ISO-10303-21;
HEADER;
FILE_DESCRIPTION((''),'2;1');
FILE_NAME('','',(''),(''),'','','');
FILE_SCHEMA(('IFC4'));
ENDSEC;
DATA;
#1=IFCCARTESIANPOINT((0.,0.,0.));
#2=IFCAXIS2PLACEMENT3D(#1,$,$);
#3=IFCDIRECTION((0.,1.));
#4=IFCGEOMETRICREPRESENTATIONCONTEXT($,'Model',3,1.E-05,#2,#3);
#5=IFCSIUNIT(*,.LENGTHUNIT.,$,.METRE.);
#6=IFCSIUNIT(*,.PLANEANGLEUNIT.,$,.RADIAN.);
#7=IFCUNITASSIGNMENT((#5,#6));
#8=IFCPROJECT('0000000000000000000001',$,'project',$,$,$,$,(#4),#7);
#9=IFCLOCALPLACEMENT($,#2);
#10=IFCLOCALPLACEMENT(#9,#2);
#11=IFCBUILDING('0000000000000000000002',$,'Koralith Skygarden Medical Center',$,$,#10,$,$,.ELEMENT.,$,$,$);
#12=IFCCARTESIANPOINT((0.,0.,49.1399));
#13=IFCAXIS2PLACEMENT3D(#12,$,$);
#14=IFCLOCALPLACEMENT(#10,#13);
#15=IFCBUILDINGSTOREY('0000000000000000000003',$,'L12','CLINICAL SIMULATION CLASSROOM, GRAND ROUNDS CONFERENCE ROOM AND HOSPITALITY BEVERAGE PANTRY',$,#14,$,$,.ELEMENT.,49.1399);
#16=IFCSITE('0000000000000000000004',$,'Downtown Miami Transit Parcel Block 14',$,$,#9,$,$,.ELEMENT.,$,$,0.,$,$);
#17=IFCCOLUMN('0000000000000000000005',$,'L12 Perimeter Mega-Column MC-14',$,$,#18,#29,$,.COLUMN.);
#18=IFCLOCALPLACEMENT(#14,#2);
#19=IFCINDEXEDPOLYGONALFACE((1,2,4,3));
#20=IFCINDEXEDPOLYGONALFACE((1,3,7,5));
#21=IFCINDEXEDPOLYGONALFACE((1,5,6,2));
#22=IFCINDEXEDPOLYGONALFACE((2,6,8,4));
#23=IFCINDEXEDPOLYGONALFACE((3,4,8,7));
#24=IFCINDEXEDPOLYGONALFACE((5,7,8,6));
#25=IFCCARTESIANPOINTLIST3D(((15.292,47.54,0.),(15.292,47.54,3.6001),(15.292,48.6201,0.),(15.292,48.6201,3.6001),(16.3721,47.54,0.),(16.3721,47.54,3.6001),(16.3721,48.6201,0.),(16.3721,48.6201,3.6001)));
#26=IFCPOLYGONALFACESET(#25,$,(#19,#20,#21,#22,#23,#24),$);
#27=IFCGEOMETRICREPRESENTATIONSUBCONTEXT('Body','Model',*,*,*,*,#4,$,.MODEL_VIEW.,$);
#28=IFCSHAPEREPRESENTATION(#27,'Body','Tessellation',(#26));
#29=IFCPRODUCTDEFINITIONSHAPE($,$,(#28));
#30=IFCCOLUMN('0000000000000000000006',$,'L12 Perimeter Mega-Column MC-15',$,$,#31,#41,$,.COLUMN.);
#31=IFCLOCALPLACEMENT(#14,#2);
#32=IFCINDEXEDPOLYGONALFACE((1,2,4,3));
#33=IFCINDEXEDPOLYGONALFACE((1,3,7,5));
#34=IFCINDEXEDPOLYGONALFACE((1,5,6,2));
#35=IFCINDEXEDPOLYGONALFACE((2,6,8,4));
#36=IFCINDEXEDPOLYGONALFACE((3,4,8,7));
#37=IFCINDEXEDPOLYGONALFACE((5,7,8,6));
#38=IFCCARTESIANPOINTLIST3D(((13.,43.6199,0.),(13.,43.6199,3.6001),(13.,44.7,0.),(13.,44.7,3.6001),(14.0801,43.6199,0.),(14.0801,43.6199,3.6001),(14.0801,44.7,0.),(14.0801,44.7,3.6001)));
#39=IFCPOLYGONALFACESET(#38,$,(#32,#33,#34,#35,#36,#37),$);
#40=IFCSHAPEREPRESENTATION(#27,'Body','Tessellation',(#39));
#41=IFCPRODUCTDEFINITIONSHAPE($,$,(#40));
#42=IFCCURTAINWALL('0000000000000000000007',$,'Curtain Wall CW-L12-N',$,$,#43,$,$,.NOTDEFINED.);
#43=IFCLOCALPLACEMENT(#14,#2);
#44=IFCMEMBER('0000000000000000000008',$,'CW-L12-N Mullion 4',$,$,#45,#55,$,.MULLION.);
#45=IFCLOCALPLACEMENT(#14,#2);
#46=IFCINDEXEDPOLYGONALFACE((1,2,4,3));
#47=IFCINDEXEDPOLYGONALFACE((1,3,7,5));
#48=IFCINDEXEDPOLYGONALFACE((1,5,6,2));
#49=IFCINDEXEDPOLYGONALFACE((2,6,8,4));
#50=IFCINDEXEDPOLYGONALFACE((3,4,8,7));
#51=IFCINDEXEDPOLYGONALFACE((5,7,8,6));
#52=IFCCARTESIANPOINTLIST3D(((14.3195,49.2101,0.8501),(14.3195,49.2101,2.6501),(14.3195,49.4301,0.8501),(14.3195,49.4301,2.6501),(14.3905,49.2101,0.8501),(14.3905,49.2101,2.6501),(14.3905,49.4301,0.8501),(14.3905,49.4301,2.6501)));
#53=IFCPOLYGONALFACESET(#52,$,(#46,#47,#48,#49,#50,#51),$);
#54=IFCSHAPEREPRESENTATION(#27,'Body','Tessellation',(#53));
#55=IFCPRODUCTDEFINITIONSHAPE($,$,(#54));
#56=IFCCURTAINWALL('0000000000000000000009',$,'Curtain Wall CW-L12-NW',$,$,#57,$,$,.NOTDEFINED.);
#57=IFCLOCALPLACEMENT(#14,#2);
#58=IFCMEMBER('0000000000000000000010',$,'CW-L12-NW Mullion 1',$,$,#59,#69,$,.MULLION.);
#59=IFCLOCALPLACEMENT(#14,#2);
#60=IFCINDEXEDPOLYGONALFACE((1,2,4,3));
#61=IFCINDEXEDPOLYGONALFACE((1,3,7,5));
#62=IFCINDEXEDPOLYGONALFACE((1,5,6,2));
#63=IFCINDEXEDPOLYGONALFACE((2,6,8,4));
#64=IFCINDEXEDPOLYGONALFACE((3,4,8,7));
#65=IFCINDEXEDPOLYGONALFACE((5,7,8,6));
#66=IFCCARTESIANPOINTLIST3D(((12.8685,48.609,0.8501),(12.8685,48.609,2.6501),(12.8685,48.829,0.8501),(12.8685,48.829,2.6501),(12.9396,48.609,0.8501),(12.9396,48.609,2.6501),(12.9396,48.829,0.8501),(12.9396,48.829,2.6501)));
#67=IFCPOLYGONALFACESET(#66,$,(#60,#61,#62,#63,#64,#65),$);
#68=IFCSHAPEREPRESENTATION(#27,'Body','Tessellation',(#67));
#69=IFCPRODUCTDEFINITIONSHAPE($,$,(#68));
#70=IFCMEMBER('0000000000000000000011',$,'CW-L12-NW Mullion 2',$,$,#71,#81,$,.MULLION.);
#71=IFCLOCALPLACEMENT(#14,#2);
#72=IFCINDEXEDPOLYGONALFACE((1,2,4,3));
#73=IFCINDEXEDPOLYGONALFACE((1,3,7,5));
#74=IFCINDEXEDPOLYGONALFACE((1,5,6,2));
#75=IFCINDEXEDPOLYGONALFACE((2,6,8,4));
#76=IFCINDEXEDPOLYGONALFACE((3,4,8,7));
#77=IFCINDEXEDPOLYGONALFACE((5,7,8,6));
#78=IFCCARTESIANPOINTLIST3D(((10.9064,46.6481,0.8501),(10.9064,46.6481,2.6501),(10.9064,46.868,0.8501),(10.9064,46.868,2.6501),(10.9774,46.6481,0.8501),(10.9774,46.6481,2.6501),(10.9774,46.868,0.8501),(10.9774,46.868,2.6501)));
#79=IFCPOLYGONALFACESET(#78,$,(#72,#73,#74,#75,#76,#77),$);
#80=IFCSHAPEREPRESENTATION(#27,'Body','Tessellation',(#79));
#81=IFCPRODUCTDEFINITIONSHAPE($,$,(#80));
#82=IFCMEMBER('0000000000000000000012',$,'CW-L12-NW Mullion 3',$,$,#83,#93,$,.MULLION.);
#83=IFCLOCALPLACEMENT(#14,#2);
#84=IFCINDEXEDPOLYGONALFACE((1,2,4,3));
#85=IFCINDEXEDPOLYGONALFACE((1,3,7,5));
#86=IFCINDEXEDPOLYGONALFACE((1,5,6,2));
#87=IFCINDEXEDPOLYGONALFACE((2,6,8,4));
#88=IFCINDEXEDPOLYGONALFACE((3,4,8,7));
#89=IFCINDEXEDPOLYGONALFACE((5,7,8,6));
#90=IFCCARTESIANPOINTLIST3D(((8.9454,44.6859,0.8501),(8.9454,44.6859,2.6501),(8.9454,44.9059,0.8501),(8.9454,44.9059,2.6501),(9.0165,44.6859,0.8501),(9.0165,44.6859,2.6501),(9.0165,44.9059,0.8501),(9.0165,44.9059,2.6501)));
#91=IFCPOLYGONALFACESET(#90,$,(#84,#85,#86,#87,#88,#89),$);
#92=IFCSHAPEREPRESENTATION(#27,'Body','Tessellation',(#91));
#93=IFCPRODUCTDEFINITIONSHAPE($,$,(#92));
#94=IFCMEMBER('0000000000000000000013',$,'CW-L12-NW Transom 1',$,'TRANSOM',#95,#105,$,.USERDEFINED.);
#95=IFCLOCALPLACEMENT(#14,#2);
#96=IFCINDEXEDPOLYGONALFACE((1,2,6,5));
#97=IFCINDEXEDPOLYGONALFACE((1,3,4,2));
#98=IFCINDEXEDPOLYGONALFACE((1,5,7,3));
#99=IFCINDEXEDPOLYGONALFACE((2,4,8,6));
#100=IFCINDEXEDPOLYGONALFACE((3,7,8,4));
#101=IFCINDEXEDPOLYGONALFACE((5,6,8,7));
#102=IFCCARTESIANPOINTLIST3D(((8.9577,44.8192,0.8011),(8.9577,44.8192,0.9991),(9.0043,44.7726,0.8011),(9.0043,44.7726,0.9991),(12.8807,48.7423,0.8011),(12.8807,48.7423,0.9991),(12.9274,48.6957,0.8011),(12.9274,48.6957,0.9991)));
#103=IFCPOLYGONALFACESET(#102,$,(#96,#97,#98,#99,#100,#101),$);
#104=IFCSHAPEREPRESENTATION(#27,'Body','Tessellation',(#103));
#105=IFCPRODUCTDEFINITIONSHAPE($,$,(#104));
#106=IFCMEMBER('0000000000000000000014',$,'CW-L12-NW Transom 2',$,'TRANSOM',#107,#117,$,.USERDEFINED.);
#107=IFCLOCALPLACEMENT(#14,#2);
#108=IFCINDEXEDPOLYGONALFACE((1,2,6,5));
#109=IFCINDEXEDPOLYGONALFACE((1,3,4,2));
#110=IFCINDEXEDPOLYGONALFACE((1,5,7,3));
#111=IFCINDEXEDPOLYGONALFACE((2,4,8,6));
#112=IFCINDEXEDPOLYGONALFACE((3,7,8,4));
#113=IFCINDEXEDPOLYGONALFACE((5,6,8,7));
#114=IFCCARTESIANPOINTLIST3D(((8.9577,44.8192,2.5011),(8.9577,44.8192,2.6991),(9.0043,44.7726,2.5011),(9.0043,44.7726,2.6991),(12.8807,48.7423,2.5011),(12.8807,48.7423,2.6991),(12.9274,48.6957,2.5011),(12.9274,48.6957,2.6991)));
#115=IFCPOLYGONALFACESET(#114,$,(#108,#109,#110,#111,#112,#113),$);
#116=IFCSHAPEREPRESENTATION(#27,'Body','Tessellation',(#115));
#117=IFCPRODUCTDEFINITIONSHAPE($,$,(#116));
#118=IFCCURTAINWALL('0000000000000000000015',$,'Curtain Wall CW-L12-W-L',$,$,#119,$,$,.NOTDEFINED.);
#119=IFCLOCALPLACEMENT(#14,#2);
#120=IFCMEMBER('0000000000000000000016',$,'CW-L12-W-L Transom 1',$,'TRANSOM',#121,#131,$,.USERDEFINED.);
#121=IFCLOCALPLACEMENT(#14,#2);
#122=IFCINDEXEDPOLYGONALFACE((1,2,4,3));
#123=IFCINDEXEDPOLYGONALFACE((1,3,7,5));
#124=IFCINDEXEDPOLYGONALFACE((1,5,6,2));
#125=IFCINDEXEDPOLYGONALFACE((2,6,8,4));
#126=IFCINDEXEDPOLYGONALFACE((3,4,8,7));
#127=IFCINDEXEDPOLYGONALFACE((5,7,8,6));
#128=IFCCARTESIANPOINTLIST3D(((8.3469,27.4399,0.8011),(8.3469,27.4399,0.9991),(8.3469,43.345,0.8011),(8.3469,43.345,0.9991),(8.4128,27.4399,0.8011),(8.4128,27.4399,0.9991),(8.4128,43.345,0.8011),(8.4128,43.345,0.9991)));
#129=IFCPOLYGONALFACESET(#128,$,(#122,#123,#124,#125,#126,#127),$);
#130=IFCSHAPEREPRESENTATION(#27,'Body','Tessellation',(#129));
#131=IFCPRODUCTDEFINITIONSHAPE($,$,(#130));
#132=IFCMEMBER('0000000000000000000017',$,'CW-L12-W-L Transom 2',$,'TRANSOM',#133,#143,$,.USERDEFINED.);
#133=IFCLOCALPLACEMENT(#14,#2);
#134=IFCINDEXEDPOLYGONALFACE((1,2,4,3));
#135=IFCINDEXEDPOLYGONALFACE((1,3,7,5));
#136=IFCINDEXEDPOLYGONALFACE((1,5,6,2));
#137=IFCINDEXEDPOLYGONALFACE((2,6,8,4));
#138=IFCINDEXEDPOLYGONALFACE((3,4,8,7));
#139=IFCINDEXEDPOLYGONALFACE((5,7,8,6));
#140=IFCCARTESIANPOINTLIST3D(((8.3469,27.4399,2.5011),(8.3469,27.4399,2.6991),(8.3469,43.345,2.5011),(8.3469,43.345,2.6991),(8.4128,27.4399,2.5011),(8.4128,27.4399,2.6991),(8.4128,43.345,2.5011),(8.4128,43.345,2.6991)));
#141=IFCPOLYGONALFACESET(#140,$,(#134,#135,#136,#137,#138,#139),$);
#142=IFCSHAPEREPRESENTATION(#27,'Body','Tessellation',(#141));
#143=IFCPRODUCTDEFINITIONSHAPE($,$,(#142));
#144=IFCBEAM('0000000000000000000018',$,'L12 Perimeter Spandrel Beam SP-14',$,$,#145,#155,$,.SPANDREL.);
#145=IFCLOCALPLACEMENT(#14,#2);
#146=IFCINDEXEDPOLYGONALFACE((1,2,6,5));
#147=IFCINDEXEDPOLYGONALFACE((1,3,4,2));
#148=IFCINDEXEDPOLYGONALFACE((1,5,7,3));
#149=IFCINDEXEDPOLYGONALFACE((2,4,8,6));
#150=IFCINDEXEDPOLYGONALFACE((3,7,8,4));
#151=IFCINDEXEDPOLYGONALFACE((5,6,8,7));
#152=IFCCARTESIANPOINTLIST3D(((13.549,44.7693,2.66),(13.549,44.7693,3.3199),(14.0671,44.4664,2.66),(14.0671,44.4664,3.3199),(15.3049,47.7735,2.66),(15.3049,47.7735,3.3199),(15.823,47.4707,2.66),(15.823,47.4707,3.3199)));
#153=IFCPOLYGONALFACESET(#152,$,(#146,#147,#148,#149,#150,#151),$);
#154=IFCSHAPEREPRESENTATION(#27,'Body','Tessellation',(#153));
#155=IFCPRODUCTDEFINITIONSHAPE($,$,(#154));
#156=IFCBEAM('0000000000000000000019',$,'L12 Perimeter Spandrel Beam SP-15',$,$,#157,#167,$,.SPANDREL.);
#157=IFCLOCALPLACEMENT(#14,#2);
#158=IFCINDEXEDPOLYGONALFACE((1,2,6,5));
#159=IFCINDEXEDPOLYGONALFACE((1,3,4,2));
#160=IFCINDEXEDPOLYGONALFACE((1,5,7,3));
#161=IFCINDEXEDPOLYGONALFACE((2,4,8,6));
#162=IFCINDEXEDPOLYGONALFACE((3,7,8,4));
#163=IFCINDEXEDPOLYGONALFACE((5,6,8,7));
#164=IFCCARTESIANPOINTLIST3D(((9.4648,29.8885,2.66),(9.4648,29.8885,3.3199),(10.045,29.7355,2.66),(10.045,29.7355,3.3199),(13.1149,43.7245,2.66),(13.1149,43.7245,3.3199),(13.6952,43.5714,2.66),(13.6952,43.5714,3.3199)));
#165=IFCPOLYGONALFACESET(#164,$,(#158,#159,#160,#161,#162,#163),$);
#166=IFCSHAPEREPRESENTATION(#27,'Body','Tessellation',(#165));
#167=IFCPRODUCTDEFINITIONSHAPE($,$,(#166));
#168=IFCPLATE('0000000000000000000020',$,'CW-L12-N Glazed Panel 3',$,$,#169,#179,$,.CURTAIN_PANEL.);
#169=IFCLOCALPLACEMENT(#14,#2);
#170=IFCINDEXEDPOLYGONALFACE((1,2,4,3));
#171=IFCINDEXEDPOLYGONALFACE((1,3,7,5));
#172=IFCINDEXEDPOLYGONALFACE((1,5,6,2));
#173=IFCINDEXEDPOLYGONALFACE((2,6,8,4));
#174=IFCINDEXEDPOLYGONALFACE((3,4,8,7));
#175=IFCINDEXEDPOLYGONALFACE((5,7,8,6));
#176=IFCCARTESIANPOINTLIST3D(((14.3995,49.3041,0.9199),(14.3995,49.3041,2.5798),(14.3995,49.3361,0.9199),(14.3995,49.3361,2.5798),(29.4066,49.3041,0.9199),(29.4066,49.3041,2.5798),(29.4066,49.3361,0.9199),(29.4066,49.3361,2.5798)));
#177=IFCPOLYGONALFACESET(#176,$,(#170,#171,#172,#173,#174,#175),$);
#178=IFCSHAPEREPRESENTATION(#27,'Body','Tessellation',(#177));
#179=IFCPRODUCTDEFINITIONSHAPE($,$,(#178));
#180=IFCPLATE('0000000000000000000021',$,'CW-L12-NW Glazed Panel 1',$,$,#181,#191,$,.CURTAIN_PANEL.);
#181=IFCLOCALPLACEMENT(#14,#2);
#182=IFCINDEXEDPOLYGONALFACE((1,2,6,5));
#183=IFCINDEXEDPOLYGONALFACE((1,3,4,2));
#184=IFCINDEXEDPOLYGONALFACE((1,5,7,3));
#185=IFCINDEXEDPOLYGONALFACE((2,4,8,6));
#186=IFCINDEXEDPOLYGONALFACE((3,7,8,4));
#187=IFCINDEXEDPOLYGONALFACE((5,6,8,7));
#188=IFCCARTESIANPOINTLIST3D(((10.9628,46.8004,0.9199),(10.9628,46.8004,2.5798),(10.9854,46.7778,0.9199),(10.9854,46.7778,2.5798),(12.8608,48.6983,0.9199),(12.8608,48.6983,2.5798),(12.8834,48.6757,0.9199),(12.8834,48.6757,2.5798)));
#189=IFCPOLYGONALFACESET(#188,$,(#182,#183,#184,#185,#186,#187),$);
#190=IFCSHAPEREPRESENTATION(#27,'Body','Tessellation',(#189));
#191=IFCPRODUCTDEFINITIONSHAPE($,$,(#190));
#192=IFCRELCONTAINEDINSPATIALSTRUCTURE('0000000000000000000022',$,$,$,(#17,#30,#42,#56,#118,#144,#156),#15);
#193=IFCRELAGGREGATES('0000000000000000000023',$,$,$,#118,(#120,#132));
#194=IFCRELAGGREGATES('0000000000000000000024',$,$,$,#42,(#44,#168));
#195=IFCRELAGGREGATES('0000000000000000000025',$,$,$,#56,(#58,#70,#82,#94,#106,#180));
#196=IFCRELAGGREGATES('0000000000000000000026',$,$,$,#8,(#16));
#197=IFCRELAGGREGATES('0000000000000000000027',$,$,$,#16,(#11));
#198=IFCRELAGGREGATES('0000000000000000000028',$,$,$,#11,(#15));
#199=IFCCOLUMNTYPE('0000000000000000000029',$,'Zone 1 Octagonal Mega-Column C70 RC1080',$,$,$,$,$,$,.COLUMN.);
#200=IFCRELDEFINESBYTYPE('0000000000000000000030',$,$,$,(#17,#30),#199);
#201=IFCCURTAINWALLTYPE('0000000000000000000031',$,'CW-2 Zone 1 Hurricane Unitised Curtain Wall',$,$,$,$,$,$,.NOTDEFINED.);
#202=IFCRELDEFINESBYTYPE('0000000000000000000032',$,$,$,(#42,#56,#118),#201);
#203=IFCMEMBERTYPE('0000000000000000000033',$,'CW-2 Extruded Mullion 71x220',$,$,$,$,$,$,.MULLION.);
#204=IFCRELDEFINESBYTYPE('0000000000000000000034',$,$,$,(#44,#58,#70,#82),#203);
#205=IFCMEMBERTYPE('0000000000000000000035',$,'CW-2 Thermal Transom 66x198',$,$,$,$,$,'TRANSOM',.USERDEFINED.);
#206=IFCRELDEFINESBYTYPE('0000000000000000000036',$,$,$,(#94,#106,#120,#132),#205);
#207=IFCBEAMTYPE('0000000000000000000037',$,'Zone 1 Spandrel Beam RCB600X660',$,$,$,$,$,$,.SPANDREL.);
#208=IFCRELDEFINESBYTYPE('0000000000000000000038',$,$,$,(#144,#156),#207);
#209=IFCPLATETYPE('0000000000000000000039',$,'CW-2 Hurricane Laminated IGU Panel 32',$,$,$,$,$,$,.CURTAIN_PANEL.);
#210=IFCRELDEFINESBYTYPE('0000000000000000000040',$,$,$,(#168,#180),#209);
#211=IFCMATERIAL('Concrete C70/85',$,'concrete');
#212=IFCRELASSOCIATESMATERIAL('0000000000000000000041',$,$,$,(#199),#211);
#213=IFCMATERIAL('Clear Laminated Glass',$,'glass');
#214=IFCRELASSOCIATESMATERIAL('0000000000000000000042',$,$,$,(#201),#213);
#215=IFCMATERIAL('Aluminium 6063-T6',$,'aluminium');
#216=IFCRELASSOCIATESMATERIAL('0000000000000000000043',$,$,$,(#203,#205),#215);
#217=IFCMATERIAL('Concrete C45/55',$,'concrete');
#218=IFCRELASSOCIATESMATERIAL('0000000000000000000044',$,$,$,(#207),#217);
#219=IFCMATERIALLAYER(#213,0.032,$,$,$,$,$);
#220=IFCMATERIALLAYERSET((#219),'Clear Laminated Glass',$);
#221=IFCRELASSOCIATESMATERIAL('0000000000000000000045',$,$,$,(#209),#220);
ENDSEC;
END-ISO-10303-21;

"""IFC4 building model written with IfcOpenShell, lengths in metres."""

from ifc_helpers import new_model, si_unit, direction, frame, origin, origin_2d, place, context, subcontext, project, spatial, rectangle, extrude, material, layer, layer_set, material_profile, profile_set, type_object, element, aggregate, save


model = new_model("IFC4")

# Units and contexts
model_context = context("Model", 3, precision=1e-05, world=origin(), true_north=direction((0.0, 1.0)))
body_context = subcontext(model_context, "Body", "Model", "MODEL_VIEW")
ifc_project = project(units=[si_unit("LENGTHUNIT", "METRE"), si_unit("PLANEANGLEUNIT", "RADIAN")], contexts=[model_context])

# Site, building, storey
site_placement = place(None, origin())
site = spatial("IfcSite", under=ifc_project, at=site_placement, Name="Downtown Miami Transit Parcel Block 14", CompositionType="ELEMENT", RefElevation=0.0)
building_placement = place(site_placement, origin())
building = spatial("IfcBuilding", under=site, at=building_placement, Name="Koralith Skygarden Medical Center", CompositionType="ELEMENT")
storey_placement = place(building_placement, frame((0.0, 0.0, 49.1399)))
storey = spatial("IfcBuildingStorey", under=building, at=storey_placement, Name="L12", Description="CLINICAL SIMULATION CLASSROOM, GRAND ROUNDS CONFERENCE ROOM AND HOSPITALITY BEVERAGE PANTRY", CompositionType="ELEMENT", Elevation=49.1399)

# Columns
ifc_material_1 = material(Name="Concrete C70/85", Category="concrete")
ifc_material_profile_1 = material_profile(ifc_material_1, rectangle(XDim=1.0801, YDim=1.0801, at=origin_2d()), Name="RC1080X1080")
ifc_profile_set_1 = profile_set([ifc_material_profile_1], Name="Concrete C70/85")
column_type = type_object("IfcColumnType", Name="Zone 1 Octagonal Mega-Column C70 RC1080", PredefinedType="COLUMN", material=ifc_profile_set_1)
for number, where, z_axis, x_axis, name in (
    (1, (15.832, 48.0801, 0.0), (0.0, 0.0, 1.0), (1.0, 0.0, 0.0), "L12 Perimeter Mega-Column MC-14"),
    (2, (13.54, 44.1599, 0.0), (0.0, 0.0, 1.0), (1.0, 0.0, 0.0), "L12 Perimeter Mega-Column MC-15"),
):
    element("IfcColumn", number, at=place(storey_placement, frame(where, z_axis=z_axis, x_axis=x_axis)), inside=storey, type_object=column_type, Name=name, PredefinedType="COLUMN", context=body_context, shape_type="SweptSolid", body=[
        extrude(rectangle(XDim=1.0801, YDim=1.0801, at=origin_2d()), origin(), (0.0, 0.0, 1.0), 3.6001),
    ])

# Curtain wall, member
ifc_material_2 = material(Name="Clear Laminated Glass", Category="glass")
curtain_wall_type = type_object("IfcCurtainWallType", Name="CW-2 Zone 1 Hurricane Unitised Curtain Wall", PredefinedType="NOTDEFINED", material=ifc_material_2)
curtain_wall_1_placement = place(storey_placement, origin())
curtain_wall_1 = element("IfcCurtainWall", 3, at=curtain_wall_1_placement, inside=storey, type_object=curtain_wall_type, Name="Curtain Wall CW-L12-N", PredefinedType="NOTDEFINED")
ifc_material_3 = material(Name="Aluminium 6063-T6", Category="aluminium")
ifc_material_profile_2 = material_profile(ifc_material_3, rectangle(XDim=0.071, YDim=0.22, at=origin_2d()), Name="MUL71X220")
ifc_profile_set_2 = profile_set([ifc_material_profile_2], Name="Aluminium 6063-T6")
member_type_1 = type_object("IfcMemberType", Name="CW-2 Extruded Mullion 71x220", PredefinedType="MULLION", material=ifc_profile_set_2)
member_1_placement = place(storey_placement, frame((14.355, 49.3201, 0.8501), z_axis=(0.0, 0.0, 1.0), x_axis=(1.0, 0.0, 0.0)))
member_1 = element("IfcMember", 4, at=member_1_placement, type_object=member_type_1, Name="CW-L12-N Mullion 4", PredefinedType="MULLION", context=body_context, shape_type="SweptSolid", body=[
    extrude(rectangle(XDim=0.071, YDim=0.22, at=origin_2d()), origin(), (0.0, 0.0, 1.0), 1.8),
])

# Curtain walls, members
curtain_wall_2_placement = place(storey_placement, origin())
curtain_wall_2 = element("IfcCurtainWall", 5, at=curtain_wall_2_placement, inside=storey, type_object=curtain_wall_type, Name="Curtain Wall CW-L12-NW", PredefinedType="NOTDEFINED")
member_2_placement = place(storey_placement, frame((12.9041, 48.719, 0.8501), z_axis=(0.0, 0.0, 1.0), x_axis=(1.0, 0.0, 0.0)))
member_2 = element("IfcMember", 6, at=member_2_placement, type_object=member_type_1, Name="CW-L12-NW Mullion 1", PredefinedType="MULLION", context=body_context, shape_type="SweptSolid", body=[
    extrude(rectangle(XDim=0.071, YDim=0.22, at=origin_2d()), origin(), (0.0, 0.0, 1.0), 1.8),
])
member_3_placement = place(storey_placement, frame((10.9419, 46.7581, 0.8501), z_axis=(0.0, 0.0, 1.0), x_axis=(1.0, 0.0, 0.0)))
member_3 = element("IfcMember", 7, at=member_3_placement, type_object=member_type_1, Name="CW-L12-NW Mullion 2", PredefinedType="MULLION", context=body_context, shape_type="SweptSolid", body=[
    extrude(rectangle(XDim=0.071, YDim=0.22, at=origin_2d()), origin(), (0.0, 0.0, 1.0), 1.8),
])
member_4_placement = place(storey_placement, frame((8.981, 44.7959, 0.8501), z_axis=(0.0, 0.0, 1.0), x_axis=(1.0, 0.0, 0.0)))
member_4 = element("IfcMember", 8, at=member_4_placement, type_object=member_type_1, Name="CW-L12-NW Mullion 3", PredefinedType="MULLION", context=body_context, shape_type="SweptSolid", body=[
    extrude(rectangle(XDim=0.071, YDim=0.22, at=origin_2d()), origin(), (0.0, 0.0, 1.0), 1.8),
])
ifc_material_profile_3 = material_profile(ifc_material_3, rectangle(XDim=0.0659, YDim=0.198, at=origin_2d()), Name="TRN66X198")
ifc_profile_set_3 = profile_set([ifc_material_profile_3], Name="Aluminium 6063-T6")
member_type_2 = type_object("IfcMemberType", Name="CW-2 Thermal Transom 66x198", ElementType="TRANSOM", PredefinedType="USERDEFINED", material=ifc_profile_set_3)
member_5_placement = place(storey_placement, frame((12.9041, 48.719, 0.9001), z_axis=(-0.707107, -0.707107, 0.0), x_axis=(0.707107, -0.707107, 0.0)))
member_5 = element("IfcMember", 9, at=member_5_placement, type_object=member_type_2, Name="CW-L12-NW Transom 1", ObjectType="TRANSOM", PredefinedType="USERDEFINED", context=body_context, shape_type="SweptSolid", body=[
    extrude(rectangle(XDim=0.0659, YDim=0.198, at=origin_2d()), origin(), (0.0, 0.0, 1.0), 5.5481),
])
member_6_placement = place(storey_placement, frame((12.9041, 48.719, 2.6001), z_axis=(-0.707107, -0.707107, 0.0), x_axis=(0.707107, -0.707107, 0.0)))
member_6 = element("IfcMember", 10, at=member_6_placement, type_object=member_type_2, Name="CW-L12-NW Transom 2", ObjectType="TRANSOM", PredefinedType="USERDEFINED", context=body_context, shape_type="SweptSolid", body=[
    extrude(rectangle(XDim=0.0659, YDim=0.198, at=origin_2d()), origin(), (0.0, 0.0, 1.0), 5.5481),
])
curtain_wall_3_placement = place(storey_placement, origin())
curtain_wall_3 = element("IfcCurtainWall", 11, at=curtain_wall_3_placement, inside=storey, type_object=curtain_wall_type, Name="Curtain Wall CW-L12-W-L", PredefinedType="NOTDEFINED")
member_7_placement = place(storey_placement, frame((8.3799, 43.345, 0.9001), z_axis=(0.0, -1.0, 0.0), x_axis=(1.0, 0.0, 0.0)))
member_7 = element("IfcMember", 12, at=member_7_placement, type_object=member_type_2, Name="CW-L12-W-L Transom 1", ObjectType="TRANSOM", PredefinedType="USERDEFINED", context=body_context, shape_type="SweptSolid", body=[
    extrude(rectangle(XDim=0.0659, YDim=0.198, at=origin_2d()), origin(), (0.0, 0.0, 1.0), 15.905),
])
member_8_placement = place(storey_placement, frame((8.3799, 43.345, 2.6001), z_axis=(0.0, -1.0, 0.0), x_axis=(1.0, 0.0, 0.0)))
member_8 = element("IfcMember", 13, at=member_8_placement, type_object=member_type_2, Name="CW-L12-W-L Transom 2", ObjectType="TRANSOM", PredefinedType="USERDEFINED", context=body_context, shape_type="SweptSolid", body=[
    extrude(rectangle(XDim=0.0659, YDim=0.198, at=origin_2d()), origin(), (0.0, 0.0, 1.0), 15.905),
])
aggregate(curtain_wall_3, [member_7, member_8])

# Beams
ifc_material_4 = material(Name="Concrete C45/55", Category="concrete")
ifc_material_profile_4 = material_profile(ifc_material_4, rectangle(XDim=0.6001, YDim=0.6599, at=origin_2d()), Name="RCB600X660")
ifc_profile_set_4 = profile_set([ifc_material_profile_4], Name="Concrete C45/55")
beam_type = type_object("IfcBeamType", Name="Zone 1 Spandrel Beam RCB600X660", PredefinedType="SPANDREL", material=ifc_profile_set_4)
beam_1_placement = place(storey_placement, frame((15.564, 47.6221, 2.99), z_axis=(-0.504608, -0.863349, 0.0), x_axis=(0.863349, -0.504608, 0.0)))
element("IfcBeam", 14, at=beam_1_placement, inside=storey, type_object=beam_type, Name="L12 Perimeter Spandrel Beam SP-14", PredefinedType="SPANDREL", context=body_context, shape_type="SweptSolid", body=[
    extrude(rectangle(XDim=0.6001, YDim=0.6599, at=origin_2d()), origin(), (0.0, 0.0, 1.0), 3.4797),
])
beam_2_placement = place(storey_placement, frame((13.405, 43.6479, 2.99), z_axis=(-0.255089, -0.966918, 0.0), x_axis=(0.966918, -0.255089, 0.0)))
element("IfcBeam", 15, at=beam_2_placement, inside=storey, type_object=beam_type, Name="L12 Perimeter Spandrel Beam SP-15", PredefinedType="SPANDREL", context=body_context, shape_type="SweptSolid", body=[
    extrude(rectangle(XDim=0.6001, YDim=0.6599, at=origin_2d()), origin(), (0.0, 0.0, 1.0), 14.3093),
])

# Plates
ifc_layer_1 = layer(ifc_material_2, 0.032)
ifc_layer_set_1 = layer_set([ifc_layer_1], Name="Clear Laminated Glass")
plate_type_1 = type_object("IfcPlateType", Name="CW-2 Hurricane Laminated IGU Panel 32", PredefinedType="CURTAIN_PANEL", material=ifc_layer_set_1)
plate_1_placement = place(storey_placement, frame((21.9031, 49.3201, 0.9199), z_axis=(0.0, 0.0, 1.0), x_axis=(-1.0, 0.0, 0.0)))
plate_1 = element("IfcPlate", 16, at=plate_1_placement, type_object=plate_type_1, Name="CW-L12-N Glazed Panel 3", PredefinedType="CURTAIN_PANEL", context=body_context, shape_type="SweptSolid", body=[
    extrude(rectangle(XDim=15.0071, YDim=0.032, at=origin_2d()), origin(), (0.0, 0.0, 1.0), 1.6599),
])
aggregate(curtain_wall_1, [member_1, plate_1])
plate_2_placement = place(storey_placement, frame((11.9231, 47.738, 0.9199), z_axis=(0.0, 0.0, 1.0), x_axis=(-0.707107, -0.707107, 0.0)))
plate_2 = element("IfcPlate", 17, at=plate_2_placement, type_object=plate_type_1, Name="CW-L12-NW Glazed Panel 1", PredefinedType="CURTAIN_PANEL", context=body_context, shape_type="SweptSolid", body=[
    extrude(rectangle(XDim=2.6841, YDim=0.032, at=origin_2d()), origin(), (0.0, 0.0, 1.0), 1.6599),
])
aggregate(curtain_wall_2, [member_2, member_3, member_4, member_5, member_6, plate_2])

save(model, "model.ifc")
